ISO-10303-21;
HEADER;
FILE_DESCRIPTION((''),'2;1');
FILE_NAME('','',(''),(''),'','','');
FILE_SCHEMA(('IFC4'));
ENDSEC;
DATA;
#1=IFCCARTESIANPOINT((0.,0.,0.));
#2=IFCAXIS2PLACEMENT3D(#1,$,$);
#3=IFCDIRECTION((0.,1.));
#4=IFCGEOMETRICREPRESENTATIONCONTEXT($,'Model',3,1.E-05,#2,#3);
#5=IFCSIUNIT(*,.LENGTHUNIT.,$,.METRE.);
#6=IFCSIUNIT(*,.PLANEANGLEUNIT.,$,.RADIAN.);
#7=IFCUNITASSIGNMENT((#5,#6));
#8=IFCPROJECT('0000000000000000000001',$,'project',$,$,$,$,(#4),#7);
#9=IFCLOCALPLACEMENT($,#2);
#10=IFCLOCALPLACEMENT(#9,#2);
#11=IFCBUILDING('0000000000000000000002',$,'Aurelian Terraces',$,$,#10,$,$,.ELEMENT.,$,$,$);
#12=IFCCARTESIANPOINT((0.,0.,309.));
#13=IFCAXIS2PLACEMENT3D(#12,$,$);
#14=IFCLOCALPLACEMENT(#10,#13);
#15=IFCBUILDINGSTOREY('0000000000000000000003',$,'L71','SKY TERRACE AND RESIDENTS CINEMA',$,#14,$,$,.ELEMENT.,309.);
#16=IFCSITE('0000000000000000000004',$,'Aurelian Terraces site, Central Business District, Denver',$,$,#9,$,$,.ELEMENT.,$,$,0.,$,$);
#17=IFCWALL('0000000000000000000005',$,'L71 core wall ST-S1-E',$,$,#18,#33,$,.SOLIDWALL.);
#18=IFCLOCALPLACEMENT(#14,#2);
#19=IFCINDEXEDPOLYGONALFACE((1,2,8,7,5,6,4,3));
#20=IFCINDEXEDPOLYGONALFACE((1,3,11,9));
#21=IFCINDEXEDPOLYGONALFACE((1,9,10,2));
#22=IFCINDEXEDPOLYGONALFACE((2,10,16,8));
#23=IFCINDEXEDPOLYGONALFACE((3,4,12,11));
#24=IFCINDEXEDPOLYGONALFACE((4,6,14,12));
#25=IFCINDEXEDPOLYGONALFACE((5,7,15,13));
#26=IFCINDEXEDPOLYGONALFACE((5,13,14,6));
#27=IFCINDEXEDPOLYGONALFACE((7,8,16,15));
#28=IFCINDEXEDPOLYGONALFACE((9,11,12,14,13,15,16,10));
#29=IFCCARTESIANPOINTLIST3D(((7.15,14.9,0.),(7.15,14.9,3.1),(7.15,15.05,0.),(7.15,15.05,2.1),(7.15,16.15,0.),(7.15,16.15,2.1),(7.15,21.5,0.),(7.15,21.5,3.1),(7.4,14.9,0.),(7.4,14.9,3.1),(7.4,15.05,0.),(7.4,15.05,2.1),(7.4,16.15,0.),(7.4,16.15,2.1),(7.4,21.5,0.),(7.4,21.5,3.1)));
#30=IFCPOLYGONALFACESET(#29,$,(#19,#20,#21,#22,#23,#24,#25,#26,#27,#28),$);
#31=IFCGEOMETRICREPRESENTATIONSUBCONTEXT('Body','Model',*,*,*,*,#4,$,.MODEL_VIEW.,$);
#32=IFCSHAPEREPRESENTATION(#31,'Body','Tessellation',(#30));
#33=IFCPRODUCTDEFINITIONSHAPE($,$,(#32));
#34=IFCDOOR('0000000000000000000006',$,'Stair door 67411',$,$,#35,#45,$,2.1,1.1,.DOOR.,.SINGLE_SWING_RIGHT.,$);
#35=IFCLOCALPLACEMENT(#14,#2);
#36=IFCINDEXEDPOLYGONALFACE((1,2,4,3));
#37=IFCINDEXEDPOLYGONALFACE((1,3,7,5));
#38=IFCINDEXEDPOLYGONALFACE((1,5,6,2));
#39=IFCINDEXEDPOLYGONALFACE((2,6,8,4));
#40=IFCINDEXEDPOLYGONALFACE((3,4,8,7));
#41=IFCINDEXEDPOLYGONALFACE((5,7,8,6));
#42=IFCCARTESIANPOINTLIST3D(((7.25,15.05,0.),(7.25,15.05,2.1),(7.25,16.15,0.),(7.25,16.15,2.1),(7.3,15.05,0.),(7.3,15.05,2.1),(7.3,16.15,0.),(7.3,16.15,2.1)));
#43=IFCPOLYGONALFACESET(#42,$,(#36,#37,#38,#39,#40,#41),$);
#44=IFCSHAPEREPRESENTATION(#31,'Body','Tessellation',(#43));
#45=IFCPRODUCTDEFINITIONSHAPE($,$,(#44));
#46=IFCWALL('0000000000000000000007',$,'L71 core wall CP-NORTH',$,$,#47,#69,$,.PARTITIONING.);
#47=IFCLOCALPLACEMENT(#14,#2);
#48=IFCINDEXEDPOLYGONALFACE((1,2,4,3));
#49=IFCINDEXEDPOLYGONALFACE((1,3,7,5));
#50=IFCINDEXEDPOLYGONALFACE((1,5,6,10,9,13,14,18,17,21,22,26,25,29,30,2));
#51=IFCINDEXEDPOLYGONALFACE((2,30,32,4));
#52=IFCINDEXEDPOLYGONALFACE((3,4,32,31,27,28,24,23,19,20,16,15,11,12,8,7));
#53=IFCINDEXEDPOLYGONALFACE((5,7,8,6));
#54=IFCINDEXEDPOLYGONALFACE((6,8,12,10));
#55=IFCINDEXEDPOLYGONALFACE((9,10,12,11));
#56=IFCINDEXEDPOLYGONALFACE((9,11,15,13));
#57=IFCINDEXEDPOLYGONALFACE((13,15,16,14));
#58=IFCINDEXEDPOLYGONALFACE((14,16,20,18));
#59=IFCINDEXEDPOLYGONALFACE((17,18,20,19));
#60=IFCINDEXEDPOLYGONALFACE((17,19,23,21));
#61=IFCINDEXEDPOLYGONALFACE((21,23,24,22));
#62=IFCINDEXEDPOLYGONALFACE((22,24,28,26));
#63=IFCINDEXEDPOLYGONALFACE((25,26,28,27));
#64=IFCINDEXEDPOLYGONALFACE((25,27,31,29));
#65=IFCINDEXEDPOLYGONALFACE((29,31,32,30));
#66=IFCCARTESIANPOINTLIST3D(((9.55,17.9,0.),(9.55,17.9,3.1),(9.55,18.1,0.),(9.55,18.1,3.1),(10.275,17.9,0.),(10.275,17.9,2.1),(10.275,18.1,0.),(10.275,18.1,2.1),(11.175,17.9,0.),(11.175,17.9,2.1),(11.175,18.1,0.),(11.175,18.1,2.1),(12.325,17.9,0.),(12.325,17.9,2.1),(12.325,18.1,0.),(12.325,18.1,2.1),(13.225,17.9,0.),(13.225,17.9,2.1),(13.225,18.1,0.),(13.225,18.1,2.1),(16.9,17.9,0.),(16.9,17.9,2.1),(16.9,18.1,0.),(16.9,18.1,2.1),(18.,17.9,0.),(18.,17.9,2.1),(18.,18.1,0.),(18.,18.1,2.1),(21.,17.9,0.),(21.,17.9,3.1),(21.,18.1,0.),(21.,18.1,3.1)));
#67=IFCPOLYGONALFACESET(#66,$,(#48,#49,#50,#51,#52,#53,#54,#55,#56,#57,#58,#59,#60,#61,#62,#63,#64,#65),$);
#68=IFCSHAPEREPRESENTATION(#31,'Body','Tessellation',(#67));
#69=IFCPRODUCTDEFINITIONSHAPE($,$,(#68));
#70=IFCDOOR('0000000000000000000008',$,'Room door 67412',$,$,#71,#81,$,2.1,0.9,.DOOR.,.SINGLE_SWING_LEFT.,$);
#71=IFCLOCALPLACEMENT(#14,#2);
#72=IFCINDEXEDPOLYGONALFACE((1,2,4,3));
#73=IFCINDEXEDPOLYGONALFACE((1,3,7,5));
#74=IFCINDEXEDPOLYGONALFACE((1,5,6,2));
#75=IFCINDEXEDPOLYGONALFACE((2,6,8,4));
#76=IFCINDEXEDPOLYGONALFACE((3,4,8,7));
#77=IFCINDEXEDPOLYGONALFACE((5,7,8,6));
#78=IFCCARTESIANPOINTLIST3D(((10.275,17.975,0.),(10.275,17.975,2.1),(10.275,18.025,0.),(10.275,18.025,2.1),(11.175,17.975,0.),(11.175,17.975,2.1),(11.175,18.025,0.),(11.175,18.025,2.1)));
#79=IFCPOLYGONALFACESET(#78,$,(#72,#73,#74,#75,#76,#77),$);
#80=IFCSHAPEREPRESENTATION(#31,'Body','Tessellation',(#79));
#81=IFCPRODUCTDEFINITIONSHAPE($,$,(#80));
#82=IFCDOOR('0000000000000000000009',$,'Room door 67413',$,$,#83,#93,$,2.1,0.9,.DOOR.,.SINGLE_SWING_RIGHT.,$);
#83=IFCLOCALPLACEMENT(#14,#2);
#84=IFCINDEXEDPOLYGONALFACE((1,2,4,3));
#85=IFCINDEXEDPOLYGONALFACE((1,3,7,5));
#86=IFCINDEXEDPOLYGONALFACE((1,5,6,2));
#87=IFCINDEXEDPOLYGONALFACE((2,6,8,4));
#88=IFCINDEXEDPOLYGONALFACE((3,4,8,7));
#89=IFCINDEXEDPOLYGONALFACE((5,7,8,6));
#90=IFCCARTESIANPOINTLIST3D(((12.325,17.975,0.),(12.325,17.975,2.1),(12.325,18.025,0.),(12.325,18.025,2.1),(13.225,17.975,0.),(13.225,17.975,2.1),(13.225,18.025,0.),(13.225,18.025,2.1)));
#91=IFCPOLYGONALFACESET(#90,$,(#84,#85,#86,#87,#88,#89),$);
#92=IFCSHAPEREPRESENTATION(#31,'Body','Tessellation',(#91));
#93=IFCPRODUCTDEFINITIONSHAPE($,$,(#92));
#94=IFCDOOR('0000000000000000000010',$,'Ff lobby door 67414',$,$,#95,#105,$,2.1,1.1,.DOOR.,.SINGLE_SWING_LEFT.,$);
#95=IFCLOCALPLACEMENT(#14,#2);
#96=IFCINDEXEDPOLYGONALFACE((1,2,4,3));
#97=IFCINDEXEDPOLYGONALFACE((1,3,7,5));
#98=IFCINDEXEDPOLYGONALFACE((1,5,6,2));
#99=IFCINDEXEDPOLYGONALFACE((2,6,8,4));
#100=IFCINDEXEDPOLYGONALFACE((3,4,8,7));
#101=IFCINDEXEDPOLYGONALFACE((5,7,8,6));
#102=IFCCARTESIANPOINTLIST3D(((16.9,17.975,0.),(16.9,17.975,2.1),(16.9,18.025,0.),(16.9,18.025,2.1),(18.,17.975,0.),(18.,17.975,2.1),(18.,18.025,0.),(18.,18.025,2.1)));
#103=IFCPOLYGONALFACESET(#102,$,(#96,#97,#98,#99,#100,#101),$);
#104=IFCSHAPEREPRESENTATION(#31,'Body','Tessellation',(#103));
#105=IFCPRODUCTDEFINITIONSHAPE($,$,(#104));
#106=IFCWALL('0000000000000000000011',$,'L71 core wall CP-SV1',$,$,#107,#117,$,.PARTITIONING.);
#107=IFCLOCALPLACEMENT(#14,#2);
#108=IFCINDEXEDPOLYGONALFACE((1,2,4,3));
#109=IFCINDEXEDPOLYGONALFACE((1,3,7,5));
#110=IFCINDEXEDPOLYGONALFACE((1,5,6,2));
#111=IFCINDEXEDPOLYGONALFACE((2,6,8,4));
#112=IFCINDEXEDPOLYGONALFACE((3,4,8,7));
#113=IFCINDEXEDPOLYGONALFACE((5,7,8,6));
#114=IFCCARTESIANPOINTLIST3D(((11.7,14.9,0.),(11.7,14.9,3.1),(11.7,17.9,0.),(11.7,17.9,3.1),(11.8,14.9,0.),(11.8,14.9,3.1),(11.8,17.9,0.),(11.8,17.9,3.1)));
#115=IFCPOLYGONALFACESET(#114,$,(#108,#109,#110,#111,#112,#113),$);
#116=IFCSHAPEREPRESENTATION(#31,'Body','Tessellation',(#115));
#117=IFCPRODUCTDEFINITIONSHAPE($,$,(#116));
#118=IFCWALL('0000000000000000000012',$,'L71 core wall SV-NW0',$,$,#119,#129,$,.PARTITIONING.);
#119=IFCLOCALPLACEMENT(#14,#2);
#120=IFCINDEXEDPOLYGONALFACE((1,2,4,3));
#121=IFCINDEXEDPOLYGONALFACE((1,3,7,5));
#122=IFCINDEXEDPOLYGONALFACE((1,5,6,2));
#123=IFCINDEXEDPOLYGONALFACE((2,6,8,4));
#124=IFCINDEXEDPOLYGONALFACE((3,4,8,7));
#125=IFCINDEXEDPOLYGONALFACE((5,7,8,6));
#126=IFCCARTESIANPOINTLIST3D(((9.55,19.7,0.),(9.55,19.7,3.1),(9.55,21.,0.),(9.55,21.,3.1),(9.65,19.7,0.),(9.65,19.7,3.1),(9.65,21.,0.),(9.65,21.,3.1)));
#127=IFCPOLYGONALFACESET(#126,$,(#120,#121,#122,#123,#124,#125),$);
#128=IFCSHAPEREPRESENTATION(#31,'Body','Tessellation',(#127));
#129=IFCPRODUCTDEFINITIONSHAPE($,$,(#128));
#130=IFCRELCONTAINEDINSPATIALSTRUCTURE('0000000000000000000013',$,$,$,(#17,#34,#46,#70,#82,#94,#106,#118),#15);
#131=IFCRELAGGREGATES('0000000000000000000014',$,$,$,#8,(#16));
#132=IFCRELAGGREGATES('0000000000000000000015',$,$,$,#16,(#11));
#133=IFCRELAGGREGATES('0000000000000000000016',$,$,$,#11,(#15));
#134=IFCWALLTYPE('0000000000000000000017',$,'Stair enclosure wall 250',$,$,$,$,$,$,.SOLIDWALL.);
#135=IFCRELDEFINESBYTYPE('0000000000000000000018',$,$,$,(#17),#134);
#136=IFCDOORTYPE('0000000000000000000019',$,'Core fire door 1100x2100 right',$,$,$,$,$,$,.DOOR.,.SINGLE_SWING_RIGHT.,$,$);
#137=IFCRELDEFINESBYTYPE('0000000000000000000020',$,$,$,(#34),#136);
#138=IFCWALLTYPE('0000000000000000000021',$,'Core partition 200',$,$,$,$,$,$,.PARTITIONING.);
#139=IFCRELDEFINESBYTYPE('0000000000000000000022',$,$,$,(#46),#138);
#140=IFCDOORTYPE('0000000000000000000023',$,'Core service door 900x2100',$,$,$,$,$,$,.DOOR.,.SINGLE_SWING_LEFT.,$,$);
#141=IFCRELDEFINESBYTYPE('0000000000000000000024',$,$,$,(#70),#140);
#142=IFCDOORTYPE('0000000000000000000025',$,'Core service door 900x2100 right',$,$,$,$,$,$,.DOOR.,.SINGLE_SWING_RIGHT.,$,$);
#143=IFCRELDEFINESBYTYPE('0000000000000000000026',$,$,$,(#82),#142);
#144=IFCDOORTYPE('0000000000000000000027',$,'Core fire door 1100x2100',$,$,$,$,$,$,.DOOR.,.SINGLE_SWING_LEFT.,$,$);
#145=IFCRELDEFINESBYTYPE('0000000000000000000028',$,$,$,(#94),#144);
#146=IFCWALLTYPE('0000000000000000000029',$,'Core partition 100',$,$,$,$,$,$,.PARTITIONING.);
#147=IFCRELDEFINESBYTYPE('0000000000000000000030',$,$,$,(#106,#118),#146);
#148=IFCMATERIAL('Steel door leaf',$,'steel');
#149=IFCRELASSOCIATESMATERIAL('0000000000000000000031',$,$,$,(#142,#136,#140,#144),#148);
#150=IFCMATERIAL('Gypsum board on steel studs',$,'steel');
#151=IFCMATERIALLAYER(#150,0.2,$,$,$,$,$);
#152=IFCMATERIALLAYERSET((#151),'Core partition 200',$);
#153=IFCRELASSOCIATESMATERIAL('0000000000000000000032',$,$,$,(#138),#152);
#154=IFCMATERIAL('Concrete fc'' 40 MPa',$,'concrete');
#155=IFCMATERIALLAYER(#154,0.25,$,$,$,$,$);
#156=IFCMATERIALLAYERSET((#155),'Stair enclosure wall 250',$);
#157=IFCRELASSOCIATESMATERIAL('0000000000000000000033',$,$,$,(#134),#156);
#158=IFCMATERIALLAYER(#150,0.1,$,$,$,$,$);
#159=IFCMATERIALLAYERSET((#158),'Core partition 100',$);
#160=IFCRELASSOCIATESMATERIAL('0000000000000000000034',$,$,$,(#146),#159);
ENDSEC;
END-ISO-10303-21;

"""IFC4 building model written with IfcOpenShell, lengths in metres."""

from ifc_helpers import new_model, si_unit, direction, frame, frame_2d, origin, place, context, subcontext, project, spatial, rectangle, extrude, source, transform, mapped, material, layer, layer_set, type_object, element, fill, save


model = new_model("IFC4")

# Units and contexts
model_context = context("Model", 3, precision=1e-05, world=origin(), true_north=direction((0.0, 1.0)))
body_context = subcontext(model_context, "Body", "Model", "MODEL_VIEW")
ifc_project = project(units=[si_unit("LENGTHUNIT", "METRE"), si_unit("PLANEANGLEUNIT", "RADIAN")], contexts=[model_context])

# Site, building, storey
site_placement = place(None, origin())
site = spatial("IfcSite", under=ifc_project, at=site_placement, Name="Aurelian Terraces site, Central Business District, Denver", CompositionType="ELEMENT", RefElevation=0.0)
building_placement = place(site_placement, origin())
building = spatial("IfcBuilding", under=site, at=building_placement, Name="Aurelian Terraces", CompositionType="ELEMENT")
storey_placement = place(building_placement, frame((0.0, 0.0, 309.0)))
storey = spatial("IfcBuildingStorey", under=building, at=storey_placement, Name="L71", Description="SKY TERRACE AND RESIDENTS CINEMA", CompositionType="ELEMENT", Elevation=309.0)

# Shared definitions
ifc_material_1 = material(Name="Concrete fc' 40 MPa", Category="concrete")

# Shared definitions
shared_shape_1 = source(origin(), body_context, "Body", "SweptSolid", [
    extrude(rectangle(XDim=0.9, YDim=2.1, at=frame_2d((0.45, 1.05))), frame((0.0, 0.11, 0.0), z_axis=(0.0, -1.0, 0.0), x_axis=(1.0, 0.0, 0.0)), (0.0, 0.0, 1.0), 0.22),
])
ifc_material_2 = material(Name="Steel door leaf", Category="steel")
door_type_1 = type_object("IfcDoorType", Name="Core service door 900x2100 right", OperationType="SINGLE_SWING_RIGHT", PredefinedType="DOOR", material=ifc_material_2)
shared_shape_2 = source(origin(), body_context, "Body", "SweptSolid", [
    extrude(rectangle(XDim=0.9, YDim=2.1, at=frame_2d((0.45, 1.05))), frame((0.0, 0.025, 0.0), z_axis=(0.0, -1.0, 0.0), x_axis=(1.0, 0.0, 0.0)), (0.0, 0.0, 1.0), 0.05),
])

# Shared definitions
shared_shape_3 = source(origin(), body_context, "Body", "SweptSolid", [
    extrude(rectangle(XDim=1.1, YDim=2.1, at=frame_2d((0.55, 1.05))), frame((0.0, 0.11, 0.0), z_axis=(0.0, -1.0, 0.0), x_axis=(1.0, 0.0, 0.0)), (0.0, 0.0, 1.0), 0.22),
])
shared_shape_4 = source(origin(), body_context, "Body", "SweptSolid", [
    extrude(rectangle(XDim=1.1, YDim=2.1, at=frame_2d((0.55, 1.05))), frame((0.0, 0.025, 0.0), z_axis=(0.0, -1.0, 0.0), x_axis=(1.0, 0.0, 0.0)), (0.0, 0.0, 1.0), 0.05),
])

# Shared definitions
ifc_material_3 = material(Name="Gypsum board on steel studs", Category="steel")
ifc_layer_1 = layer(ifc_material_3, 0.2)
ifc_layer_set_1 = layer_set([ifc_layer_1], Name="Core partition 200")
wall_type_1 = type_object("IfcWallType", Name="Core partition 200", PredefinedType="PARTITIONING", material=ifc_layer_set_1)

# Wall, opening, door
ifc_layer_2 = layer(ifc_material_1, 0.25)
ifc_layer_set_2 = layer_set([ifc_layer_2], Name="Stair enclosure wall 250")
wall_type_2 = type_object("IfcWallType", Name="Stair enclosure wall 250", PredefinedType="SOLIDWALL", material=ifc_layer_set_2)
shared_shape_5 = source(origin(), body_context, "Body", "SweptSolid", [
    extrude(rectangle(XDim=6.6, YDim=0.25, at=frame_2d((3.3, 0.0))), origin(), (0.0, 0.0, 1.0), 3.1),
])
wall_1_placement = place(storey_placement, frame((7.275, 14.9, 0.0), z_axis=(0.0, 0.0, 1.0), x_axis=(0.0, 1.0, 0.0)))
wall_1 = element("IfcWall", 1, at=wall_1_placement, inside=storey, type_object=wall_type_2, Name="L71 core wall ST-S1-E", PredefinedType="SOLIDWALL", context=body_context, shape_type="MappedRepresentation", body=[
    mapped(shared_shape_5, transform((0.0, 0.0, 0.0), scale=1.0)),
])
shared_shape_6 = source(origin(), body_context, "Body", "SweptSolid", [
    extrude(rectangle(XDim=1.1, YDim=2.1, at=frame_2d((0.55, 1.05))), frame((0.0, 0.135, 0.0), z_axis=(0.0, -1.0, 0.0), x_axis=(1.0, 0.0, 0.0)), (0.0, 0.0, 1.0), 0.27),
])
opening_1_placement = place(wall_1_placement, frame((0.15, 0.0, 0.0)))
opening_1 = element("IfcOpeningElement", 2, at=opening_1_placement, cuts=wall_1, PredefinedType="OPENING", context=body_context, shape_type="MappedRepresentation", body=[
    mapped(shared_shape_6, transform((0.0, 0.0, 0.0), scale=1.0)),
])
door_type_2 = type_object("IfcDoorType", Name="Core fire door 1100x2100 right", OperationType="SINGLE_SWING_RIGHT", PredefinedType="DOOR", material=ifc_material_2)
door_1_placement = place(opening_1_placement, origin())
door_1 = element("IfcDoor", 3, at=door_1_placement, inside=storey, type_object=door_type_2, Name="Stair door 67411", OperationType="SINGLE_SWING_RIGHT", OverallHeight=2.1, OverallWidth=1.1, PredefinedType="DOOR", context=body_context, shape_type="MappedRepresentation", body=[
    mapped(shared_shape_4, transform((0.0, 0.0, 0.0), scale=1.0)),
])
fill(opening_1, door_1)

# Wall, openings, doors
shared_shape_7 = source(origin(), body_context, "Body", "SweptSolid", [
    extrude(rectangle(XDim=11.45, YDim=0.2, at=frame_2d((5.725, 0.0))), origin(), (0.0, 0.0, 1.0), 3.1),
])
wall_2_placement = place(storey_placement, frame((9.55, 18.0, 0.0), z_axis=(0.0, 0.0, 1.0), x_axis=(1.0, 0.0, 0.0)))
wall_2 = element("IfcWall", 4, at=wall_2_placement, inside=storey, type_object=wall_type_1, Name="L71 core wall CP-NORTH", PredefinedType="PARTITIONING", context=body_context, shape_type="MappedRepresentation", body=[
    mapped(shared_shape_7, transform((0.0, 0.0, 0.0), scale=1.0)),
])
opening_2_placement = place(wall_2_placement, frame((0.725, 0.0, 0.0)))
opening_2 = element("IfcOpeningElement", 5, at=opening_2_placement, cuts=wall_2, PredefinedType="OPENING", context=body_context, shape_type="MappedRepresentation", body=[
    mapped(shared_shape_1, transform((0.0, 0.0, 0.0), scale=1.0)),
])
opening_3_placement = place(wall_2_placement, frame((2.775, 0.0, 0.0)))
opening_3 = element("IfcOpeningElement", 6, at=opening_3_placement, cuts=wall_2, PredefinedType="OPENING", context=body_context, shape_type="MappedRepresentation", body=[
    mapped(shared_shape_1, transform((0.0, 0.0, 0.0), scale=1.0)),
])
opening_4_placement = place(wall_2_placement, frame((7.35, 0.0, 0.0)))
opening_4 = element("IfcOpeningElement", 7, at=opening_4_placement, cuts=wall_2, PredefinedType="OPENING", context=body_context, shape_type="MappedRepresentation", body=[
    mapped(shared_shape_3, transform((0.0, 0.0, 0.0), scale=1.0)),
])
door_type_3 = type_object("IfcDoorType", Name="Core service door 900x2100", OperationType="SINGLE_SWING_LEFT", PredefinedType="DOOR", material=ifc_material_2)
door_2_placement = place(opening_2_placement, origin())
door_2 = element("IfcDoor", 8, at=door_2_placement, inside=storey, type_object=door_type_3, Name="Room door 67412", OperationType="SINGLE_SWING_LEFT", OverallHeight=2.1, OverallWidth=0.9, PredefinedType="DOOR", context=body_context, shape_type="MappedRepresentation", body=[
    mapped(shared_shape_2, transform((0.0, 0.0, 0.0), scale=1.0)),
])
fill(opening_2, door_2)
door_3_placement = place(opening_3_placement, origin())
door_3 = element("IfcDoor", 9, at=door_3_placement, inside=storey, type_object=door_type_1, Name="Room door 67413", OperationType="SINGLE_SWING_RIGHT", OverallHeight=2.1, OverallWidth=0.9, PredefinedType="DOOR", context=body_context, shape_type="MappedRepresentation", body=[
    mapped(shared_shape_2, transform((0.0, 0.0, 0.0), scale=1.0)),
])
fill(opening_3, door_3)
door_type_4 = type_object("IfcDoorType", Name="Core fire door 1100x2100", OperationType="SINGLE_SWING_LEFT", PredefinedType="DOOR", material=ifc_material_2)
door_4_placement = place(opening_4_placement, origin())
door_4 = element("IfcDoor", 10, at=door_4_placement, inside=storey, type_object=door_type_4, Name="Ff lobby door 67414", OperationType="SINGLE_SWING_LEFT", OverallHeight=2.1, OverallWidth=1.1, PredefinedType="DOOR", context=body_context, shape_type="MappedRepresentation", body=[
    mapped(shared_shape_4, transform((0.0, 0.0, 0.0), scale=1.0)),
])
fill(opening_4, door_4)

# Walls
ifc_layer_3 = layer(ifc_material_3, 0.1)
ifc_layer_set_3 = layer_set([ifc_layer_3], Name="Core partition 100")
wall_type_3 = type_object("IfcWallType", Name="Core partition 100", PredefinedType="PARTITIONING", material=ifc_layer_set_3)
shared_shape_8 = source(origin(), body_context, "Body", "SweptSolid", [
    extrude(rectangle(XDim=3.0, YDim=0.1, at=frame_2d((1.5, 0.0))), origin(), (0.0, 0.0, 1.0), 3.1),
])
wall_3_placement = place(storey_placement, frame((11.75, 14.9, 0.0), z_axis=(0.0, 0.0, 1.0), x_axis=(0.0, 1.0, 0.0)))
element("IfcWall", 11, at=wall_3_placement, inside=storey, type_object=wall_type_3, Name="L71 core wall CP-SV1", PredefinedType="PARTITIONING", context=body_context, shape_type="MappedRepresentation", body=[
    mapped(shared_shape_8, transform((0.0, 0.0, 0.0), scale=1.0)),
])
shared_shape_9 = source(origin(), body_context, "Body", "SweptSolid", [
    extrude(rectangle(XDim=1.3, YDim=0.1, at=frame_2d((0.65, 0.0))), origin(), (0.0, 0.0, 1.0), 3.1),
])
wall_4_placement = place(storey_placement, frame((9.6, 19.7, 0.0), z_axis=(0.0, 0.0, 1.0), x_axis=(0.0, 1.0, 0.0)))
element("IfcWall", 12, at=wall_4_placement, inside=storey, type_object=wall_type_3, Name="L71 core wall SV-NW0", PredefinedType="PARTITIONING", context=body_context, shape_type="MappedRepresentation", body=[
    mapped(shared_shape_9, transform((0.0, 0.0, 0.0), scale=1.0)),
])

save(model, "model.ifc")
